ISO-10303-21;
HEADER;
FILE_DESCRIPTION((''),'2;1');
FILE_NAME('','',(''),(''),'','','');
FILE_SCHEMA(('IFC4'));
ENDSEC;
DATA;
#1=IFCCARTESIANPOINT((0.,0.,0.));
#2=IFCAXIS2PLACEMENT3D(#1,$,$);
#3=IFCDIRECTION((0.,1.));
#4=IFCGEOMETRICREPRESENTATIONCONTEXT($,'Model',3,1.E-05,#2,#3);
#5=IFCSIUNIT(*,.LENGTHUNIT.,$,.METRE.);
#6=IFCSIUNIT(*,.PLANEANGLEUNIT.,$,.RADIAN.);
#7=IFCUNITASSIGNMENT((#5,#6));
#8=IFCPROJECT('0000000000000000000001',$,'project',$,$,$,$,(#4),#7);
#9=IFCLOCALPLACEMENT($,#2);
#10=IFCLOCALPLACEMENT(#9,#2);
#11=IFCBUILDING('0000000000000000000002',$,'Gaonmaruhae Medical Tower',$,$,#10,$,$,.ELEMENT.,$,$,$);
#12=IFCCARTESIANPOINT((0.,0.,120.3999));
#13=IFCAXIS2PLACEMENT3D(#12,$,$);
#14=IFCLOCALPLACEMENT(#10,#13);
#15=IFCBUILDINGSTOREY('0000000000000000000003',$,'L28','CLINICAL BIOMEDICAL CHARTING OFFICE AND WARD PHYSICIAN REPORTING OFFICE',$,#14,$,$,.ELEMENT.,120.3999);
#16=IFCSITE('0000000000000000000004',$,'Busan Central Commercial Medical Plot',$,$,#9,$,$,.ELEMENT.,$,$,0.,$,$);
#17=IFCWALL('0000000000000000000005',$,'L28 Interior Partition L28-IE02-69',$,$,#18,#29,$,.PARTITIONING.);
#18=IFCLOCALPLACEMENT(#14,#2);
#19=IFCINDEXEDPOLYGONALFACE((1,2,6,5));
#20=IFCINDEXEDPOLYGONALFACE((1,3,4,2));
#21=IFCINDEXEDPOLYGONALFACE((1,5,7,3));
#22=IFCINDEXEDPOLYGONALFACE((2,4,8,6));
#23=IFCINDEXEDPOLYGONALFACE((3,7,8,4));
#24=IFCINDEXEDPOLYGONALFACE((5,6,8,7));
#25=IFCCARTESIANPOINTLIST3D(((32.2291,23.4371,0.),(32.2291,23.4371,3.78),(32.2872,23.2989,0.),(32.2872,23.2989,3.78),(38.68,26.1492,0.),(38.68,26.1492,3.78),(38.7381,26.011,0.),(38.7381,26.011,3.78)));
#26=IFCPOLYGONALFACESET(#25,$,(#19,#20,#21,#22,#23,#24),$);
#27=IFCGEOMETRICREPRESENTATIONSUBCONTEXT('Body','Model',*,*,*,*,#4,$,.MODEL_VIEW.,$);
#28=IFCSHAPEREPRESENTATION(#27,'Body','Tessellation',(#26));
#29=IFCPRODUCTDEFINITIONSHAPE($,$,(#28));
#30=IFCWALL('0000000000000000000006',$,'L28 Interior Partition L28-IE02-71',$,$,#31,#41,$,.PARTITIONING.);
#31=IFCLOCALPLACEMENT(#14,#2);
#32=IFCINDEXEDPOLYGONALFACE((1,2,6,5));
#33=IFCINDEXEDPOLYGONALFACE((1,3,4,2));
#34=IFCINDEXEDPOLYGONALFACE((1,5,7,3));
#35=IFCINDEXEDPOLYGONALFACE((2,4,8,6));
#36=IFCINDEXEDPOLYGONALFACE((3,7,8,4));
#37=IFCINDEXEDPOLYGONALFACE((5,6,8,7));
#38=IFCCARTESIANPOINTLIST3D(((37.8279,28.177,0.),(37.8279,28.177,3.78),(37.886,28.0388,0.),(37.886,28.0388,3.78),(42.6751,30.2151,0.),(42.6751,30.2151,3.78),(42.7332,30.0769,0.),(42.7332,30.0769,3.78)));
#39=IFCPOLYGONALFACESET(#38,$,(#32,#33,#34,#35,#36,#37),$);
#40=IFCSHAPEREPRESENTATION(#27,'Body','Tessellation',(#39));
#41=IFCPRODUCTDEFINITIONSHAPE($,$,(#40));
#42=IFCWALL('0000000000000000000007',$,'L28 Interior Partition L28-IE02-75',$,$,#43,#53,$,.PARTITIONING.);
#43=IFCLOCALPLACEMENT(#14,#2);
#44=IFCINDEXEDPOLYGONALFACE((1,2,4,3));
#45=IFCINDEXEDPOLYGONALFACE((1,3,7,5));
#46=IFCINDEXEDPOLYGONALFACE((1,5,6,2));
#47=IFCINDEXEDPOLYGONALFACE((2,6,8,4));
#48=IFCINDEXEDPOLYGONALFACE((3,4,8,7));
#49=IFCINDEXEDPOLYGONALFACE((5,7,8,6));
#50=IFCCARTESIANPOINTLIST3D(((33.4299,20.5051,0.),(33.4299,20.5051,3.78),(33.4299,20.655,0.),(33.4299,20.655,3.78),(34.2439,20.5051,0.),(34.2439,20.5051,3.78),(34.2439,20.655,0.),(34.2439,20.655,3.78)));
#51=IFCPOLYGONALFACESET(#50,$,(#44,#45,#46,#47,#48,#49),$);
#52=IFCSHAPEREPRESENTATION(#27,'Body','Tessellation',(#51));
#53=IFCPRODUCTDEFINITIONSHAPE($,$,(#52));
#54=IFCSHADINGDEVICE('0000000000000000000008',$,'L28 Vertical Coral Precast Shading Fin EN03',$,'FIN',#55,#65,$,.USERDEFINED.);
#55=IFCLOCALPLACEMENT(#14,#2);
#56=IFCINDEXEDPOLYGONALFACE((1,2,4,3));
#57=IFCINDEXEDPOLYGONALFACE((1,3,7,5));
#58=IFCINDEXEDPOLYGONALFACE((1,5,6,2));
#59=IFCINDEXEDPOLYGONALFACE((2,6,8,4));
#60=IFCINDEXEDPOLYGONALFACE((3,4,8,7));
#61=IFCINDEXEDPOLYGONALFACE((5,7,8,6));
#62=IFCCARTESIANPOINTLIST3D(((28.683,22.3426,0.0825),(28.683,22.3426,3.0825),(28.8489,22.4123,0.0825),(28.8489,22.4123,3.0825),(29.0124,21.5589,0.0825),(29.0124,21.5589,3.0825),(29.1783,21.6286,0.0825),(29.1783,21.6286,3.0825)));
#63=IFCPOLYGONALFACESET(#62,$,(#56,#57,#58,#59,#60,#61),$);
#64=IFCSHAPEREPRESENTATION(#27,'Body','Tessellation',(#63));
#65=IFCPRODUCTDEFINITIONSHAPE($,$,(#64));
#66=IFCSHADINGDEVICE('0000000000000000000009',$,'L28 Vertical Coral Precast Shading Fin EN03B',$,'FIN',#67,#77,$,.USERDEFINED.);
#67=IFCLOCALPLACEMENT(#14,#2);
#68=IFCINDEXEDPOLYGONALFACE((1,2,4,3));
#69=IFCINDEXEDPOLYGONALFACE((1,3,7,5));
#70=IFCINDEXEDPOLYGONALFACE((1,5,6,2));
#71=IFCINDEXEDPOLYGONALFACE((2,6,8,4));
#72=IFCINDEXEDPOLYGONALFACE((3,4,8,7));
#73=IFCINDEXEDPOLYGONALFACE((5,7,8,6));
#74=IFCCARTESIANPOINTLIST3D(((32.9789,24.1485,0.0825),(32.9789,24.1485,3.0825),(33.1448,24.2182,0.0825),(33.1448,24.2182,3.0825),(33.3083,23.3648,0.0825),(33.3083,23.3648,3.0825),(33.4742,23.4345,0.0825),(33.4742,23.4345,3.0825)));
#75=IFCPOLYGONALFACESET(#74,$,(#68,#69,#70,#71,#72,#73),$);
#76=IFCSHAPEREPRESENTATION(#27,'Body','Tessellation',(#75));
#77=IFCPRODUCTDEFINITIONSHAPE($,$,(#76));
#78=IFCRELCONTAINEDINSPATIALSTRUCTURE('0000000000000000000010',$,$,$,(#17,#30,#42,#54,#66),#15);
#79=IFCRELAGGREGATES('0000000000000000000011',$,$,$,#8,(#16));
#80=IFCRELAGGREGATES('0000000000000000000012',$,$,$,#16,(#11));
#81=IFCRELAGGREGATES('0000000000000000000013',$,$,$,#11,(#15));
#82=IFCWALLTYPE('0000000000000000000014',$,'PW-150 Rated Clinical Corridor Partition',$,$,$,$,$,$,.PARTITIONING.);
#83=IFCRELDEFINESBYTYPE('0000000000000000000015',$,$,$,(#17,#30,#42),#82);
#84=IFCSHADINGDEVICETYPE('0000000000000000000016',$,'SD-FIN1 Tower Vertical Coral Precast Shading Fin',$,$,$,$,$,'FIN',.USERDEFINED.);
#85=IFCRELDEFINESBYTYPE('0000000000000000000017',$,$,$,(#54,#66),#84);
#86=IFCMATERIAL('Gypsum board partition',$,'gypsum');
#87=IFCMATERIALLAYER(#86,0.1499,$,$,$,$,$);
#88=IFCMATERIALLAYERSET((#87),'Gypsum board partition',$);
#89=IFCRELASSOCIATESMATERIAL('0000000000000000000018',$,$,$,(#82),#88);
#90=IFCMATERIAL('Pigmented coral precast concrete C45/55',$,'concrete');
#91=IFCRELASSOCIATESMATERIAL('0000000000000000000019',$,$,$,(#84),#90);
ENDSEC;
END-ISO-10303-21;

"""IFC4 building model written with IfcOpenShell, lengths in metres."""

from ifc_helpers import new_model, si_unit, direction, frame, frame_2d, origin, origin_2d, place, context, subcontext, project, spatial, rectangle, extrude, material, layer, layer_set, type_object, element, save


model = new_model("IFC4")

# Units and contexts
model_context = context("Model", 3, precision=1e-05, world=origin(), true_north=direction((0.0, 1.0)))
body_context = subcontext(model_context, "Body", "Model", "MODEL_VIEW")
ifc_project = project(units=[si_unit("LENGTHUNIT", "METRE"), si_unit("PLANEANGLEUNIT", "RADIAN")], contexts=[model_context])

# Site, building, storey
site_placement = place(None, origin())
site = spatial("IfcSite", under=ifc_project, at=site_placement, Name="Busan Central Commercial Medical Plot", CompositionType="ELEMENT", RefElevation=0.0)
building_placement = place(site_placement, origin())
building = spatial("IfcBuilding", under=site, at=building_placement, Name="Gaonmaruhae Medical Tower", CompositionType="ELEMENT")
storey_placement = place(building_placement, frame((0.0, 0.0, 120.3999)))
storey = spatial("IfcBuildingStorey", under=building, at=storey_placement, Name="L28", Description="CLINICAL BIOMEDICAL CHARTING OFFICE AND WARD PHYSICIAN REPORTING OFFICE", CompositionType="ELEMENT", Elevation=120.3999)

# Shared definitions
ifc_material_1 = material(Name="Gypsum board partition", Category="gypsum")
ifc_layer_1 = layer(ifc_material_1, 0.1499)
ifc_layer_set_1 = layer_set([ifc_layer_1], Name="Gypsum board partition")
wall_type_1 = type_object("IfcWallType", Name="PW-150 Rated Clinical Corridor Partition", PredefinedType="PARTITIONING", material=ifc_layer_set_1)

# Walls
wall_1_placement = place(storey_placement, frame((32.2581, 23.3679, 0.0), z_axis=(0.0, 0.0, 1.0), x_axis=(0.921841, 0.387569, 0.0)))
element("IfcWall", 1, at=wall_1_placement, inside=storey, type_object=wall_type_1, Name="L28 Interior Partition L28-IE02-69", PredefinedType="PARTITIONING", context=body_context, shape_type="SweptSolid", body=[
    extrude(rectangle(XDim=6.9978, YDim=0.1499, at=frame_2d((3.499, 0.0))), origin(), (0.0, 0.0, 1.0), 3.78),
])
wall_2_placement = place(storey_placement, frame((37.8569, 28.1079, 0.0), z_axis=(0.0, 0.0, 1.0), x_axis=(0.921828, 0.3876, 0.0)))
element("IfcWall", 2, at=wall_2_placement, inside=storey, type_object=wall_type_1, Name="L28 Interior Partition L28-IE02-71", PredefinedType="PARTITIONING", context=body_context, shape_type="SweptSolid", body=[
    extrude(rectangle(XDim=5.2583, YDim=0.1499, at=frame_2d((2.6292, 0.0))), origin(), (0.0, 0.0, 1.0), 3.78),
])
wall_3_placement = place(storey_placement, frame((34.2439, 20.5801, 0.0), z_axis=(0.0, 0.0, 1.0), x_axis=(-1.0, 0.0, 0.0)))
element("IfcWall", 3, at=wall_3_placement, inside=storey, type_object=wall_type_1, Name="L28 Interior Partition L28-IE02-75", PredefinedType="PARTITIONING", context=body_context, shape_type="SweptSolid", body=[
    extrude(rectangle(XDim=0.814, YDim=0.1499, at=frame_2d((0.407, 0.0))), origin(), (0.0, 0.0, 1.0), 3.78),
])

# Shading devices
ifc_material_2 = material(Name="Pigmented coral precast concrete C45/55", Category="concrete")
shading_device_type = type_object("IfcShadingDeviceType", Name="SD-FIN1 Tower Vertical Coral Precast Shading Fin", ElementType="FIN", PredefinedType="USERDEFINED", material=ifc_material_2)
for number, where, z_axis, x_axis, name in (
    (4, (28.9307, 21.9856, 0.0825), (0.0, 0.0, 1.0), (0.921863, 0.387516, 0.0), "L28 Vertical Coral Precast Shading Fin EN03"),
    (5, (33.2266, 23.7915, 0.0825), (0.0, 0.0, 1.0), (0.921863, 0.387516, 0.0), "L28 Vertical Coral Precast Shading Fin EN03B"),
):
    element("IfcShadingDevice", number, at=place(storey_placement, frame(where, z_axis=z_axis, x_axis=x_axis)), inside=storey, type_object=shading_device_type, Name=name, ObjectType="FIN", PredefinedType="USERDEFINED", context=body_context, shape_type="SweptSolid", body=[
        extrude(rectangle(XDim=0.1799, YDim=0.8501, at=origin_2d()), origin(), (0.0, 0.0, 1.0), 3.0),
    ])

save(model, "model.ifc")
